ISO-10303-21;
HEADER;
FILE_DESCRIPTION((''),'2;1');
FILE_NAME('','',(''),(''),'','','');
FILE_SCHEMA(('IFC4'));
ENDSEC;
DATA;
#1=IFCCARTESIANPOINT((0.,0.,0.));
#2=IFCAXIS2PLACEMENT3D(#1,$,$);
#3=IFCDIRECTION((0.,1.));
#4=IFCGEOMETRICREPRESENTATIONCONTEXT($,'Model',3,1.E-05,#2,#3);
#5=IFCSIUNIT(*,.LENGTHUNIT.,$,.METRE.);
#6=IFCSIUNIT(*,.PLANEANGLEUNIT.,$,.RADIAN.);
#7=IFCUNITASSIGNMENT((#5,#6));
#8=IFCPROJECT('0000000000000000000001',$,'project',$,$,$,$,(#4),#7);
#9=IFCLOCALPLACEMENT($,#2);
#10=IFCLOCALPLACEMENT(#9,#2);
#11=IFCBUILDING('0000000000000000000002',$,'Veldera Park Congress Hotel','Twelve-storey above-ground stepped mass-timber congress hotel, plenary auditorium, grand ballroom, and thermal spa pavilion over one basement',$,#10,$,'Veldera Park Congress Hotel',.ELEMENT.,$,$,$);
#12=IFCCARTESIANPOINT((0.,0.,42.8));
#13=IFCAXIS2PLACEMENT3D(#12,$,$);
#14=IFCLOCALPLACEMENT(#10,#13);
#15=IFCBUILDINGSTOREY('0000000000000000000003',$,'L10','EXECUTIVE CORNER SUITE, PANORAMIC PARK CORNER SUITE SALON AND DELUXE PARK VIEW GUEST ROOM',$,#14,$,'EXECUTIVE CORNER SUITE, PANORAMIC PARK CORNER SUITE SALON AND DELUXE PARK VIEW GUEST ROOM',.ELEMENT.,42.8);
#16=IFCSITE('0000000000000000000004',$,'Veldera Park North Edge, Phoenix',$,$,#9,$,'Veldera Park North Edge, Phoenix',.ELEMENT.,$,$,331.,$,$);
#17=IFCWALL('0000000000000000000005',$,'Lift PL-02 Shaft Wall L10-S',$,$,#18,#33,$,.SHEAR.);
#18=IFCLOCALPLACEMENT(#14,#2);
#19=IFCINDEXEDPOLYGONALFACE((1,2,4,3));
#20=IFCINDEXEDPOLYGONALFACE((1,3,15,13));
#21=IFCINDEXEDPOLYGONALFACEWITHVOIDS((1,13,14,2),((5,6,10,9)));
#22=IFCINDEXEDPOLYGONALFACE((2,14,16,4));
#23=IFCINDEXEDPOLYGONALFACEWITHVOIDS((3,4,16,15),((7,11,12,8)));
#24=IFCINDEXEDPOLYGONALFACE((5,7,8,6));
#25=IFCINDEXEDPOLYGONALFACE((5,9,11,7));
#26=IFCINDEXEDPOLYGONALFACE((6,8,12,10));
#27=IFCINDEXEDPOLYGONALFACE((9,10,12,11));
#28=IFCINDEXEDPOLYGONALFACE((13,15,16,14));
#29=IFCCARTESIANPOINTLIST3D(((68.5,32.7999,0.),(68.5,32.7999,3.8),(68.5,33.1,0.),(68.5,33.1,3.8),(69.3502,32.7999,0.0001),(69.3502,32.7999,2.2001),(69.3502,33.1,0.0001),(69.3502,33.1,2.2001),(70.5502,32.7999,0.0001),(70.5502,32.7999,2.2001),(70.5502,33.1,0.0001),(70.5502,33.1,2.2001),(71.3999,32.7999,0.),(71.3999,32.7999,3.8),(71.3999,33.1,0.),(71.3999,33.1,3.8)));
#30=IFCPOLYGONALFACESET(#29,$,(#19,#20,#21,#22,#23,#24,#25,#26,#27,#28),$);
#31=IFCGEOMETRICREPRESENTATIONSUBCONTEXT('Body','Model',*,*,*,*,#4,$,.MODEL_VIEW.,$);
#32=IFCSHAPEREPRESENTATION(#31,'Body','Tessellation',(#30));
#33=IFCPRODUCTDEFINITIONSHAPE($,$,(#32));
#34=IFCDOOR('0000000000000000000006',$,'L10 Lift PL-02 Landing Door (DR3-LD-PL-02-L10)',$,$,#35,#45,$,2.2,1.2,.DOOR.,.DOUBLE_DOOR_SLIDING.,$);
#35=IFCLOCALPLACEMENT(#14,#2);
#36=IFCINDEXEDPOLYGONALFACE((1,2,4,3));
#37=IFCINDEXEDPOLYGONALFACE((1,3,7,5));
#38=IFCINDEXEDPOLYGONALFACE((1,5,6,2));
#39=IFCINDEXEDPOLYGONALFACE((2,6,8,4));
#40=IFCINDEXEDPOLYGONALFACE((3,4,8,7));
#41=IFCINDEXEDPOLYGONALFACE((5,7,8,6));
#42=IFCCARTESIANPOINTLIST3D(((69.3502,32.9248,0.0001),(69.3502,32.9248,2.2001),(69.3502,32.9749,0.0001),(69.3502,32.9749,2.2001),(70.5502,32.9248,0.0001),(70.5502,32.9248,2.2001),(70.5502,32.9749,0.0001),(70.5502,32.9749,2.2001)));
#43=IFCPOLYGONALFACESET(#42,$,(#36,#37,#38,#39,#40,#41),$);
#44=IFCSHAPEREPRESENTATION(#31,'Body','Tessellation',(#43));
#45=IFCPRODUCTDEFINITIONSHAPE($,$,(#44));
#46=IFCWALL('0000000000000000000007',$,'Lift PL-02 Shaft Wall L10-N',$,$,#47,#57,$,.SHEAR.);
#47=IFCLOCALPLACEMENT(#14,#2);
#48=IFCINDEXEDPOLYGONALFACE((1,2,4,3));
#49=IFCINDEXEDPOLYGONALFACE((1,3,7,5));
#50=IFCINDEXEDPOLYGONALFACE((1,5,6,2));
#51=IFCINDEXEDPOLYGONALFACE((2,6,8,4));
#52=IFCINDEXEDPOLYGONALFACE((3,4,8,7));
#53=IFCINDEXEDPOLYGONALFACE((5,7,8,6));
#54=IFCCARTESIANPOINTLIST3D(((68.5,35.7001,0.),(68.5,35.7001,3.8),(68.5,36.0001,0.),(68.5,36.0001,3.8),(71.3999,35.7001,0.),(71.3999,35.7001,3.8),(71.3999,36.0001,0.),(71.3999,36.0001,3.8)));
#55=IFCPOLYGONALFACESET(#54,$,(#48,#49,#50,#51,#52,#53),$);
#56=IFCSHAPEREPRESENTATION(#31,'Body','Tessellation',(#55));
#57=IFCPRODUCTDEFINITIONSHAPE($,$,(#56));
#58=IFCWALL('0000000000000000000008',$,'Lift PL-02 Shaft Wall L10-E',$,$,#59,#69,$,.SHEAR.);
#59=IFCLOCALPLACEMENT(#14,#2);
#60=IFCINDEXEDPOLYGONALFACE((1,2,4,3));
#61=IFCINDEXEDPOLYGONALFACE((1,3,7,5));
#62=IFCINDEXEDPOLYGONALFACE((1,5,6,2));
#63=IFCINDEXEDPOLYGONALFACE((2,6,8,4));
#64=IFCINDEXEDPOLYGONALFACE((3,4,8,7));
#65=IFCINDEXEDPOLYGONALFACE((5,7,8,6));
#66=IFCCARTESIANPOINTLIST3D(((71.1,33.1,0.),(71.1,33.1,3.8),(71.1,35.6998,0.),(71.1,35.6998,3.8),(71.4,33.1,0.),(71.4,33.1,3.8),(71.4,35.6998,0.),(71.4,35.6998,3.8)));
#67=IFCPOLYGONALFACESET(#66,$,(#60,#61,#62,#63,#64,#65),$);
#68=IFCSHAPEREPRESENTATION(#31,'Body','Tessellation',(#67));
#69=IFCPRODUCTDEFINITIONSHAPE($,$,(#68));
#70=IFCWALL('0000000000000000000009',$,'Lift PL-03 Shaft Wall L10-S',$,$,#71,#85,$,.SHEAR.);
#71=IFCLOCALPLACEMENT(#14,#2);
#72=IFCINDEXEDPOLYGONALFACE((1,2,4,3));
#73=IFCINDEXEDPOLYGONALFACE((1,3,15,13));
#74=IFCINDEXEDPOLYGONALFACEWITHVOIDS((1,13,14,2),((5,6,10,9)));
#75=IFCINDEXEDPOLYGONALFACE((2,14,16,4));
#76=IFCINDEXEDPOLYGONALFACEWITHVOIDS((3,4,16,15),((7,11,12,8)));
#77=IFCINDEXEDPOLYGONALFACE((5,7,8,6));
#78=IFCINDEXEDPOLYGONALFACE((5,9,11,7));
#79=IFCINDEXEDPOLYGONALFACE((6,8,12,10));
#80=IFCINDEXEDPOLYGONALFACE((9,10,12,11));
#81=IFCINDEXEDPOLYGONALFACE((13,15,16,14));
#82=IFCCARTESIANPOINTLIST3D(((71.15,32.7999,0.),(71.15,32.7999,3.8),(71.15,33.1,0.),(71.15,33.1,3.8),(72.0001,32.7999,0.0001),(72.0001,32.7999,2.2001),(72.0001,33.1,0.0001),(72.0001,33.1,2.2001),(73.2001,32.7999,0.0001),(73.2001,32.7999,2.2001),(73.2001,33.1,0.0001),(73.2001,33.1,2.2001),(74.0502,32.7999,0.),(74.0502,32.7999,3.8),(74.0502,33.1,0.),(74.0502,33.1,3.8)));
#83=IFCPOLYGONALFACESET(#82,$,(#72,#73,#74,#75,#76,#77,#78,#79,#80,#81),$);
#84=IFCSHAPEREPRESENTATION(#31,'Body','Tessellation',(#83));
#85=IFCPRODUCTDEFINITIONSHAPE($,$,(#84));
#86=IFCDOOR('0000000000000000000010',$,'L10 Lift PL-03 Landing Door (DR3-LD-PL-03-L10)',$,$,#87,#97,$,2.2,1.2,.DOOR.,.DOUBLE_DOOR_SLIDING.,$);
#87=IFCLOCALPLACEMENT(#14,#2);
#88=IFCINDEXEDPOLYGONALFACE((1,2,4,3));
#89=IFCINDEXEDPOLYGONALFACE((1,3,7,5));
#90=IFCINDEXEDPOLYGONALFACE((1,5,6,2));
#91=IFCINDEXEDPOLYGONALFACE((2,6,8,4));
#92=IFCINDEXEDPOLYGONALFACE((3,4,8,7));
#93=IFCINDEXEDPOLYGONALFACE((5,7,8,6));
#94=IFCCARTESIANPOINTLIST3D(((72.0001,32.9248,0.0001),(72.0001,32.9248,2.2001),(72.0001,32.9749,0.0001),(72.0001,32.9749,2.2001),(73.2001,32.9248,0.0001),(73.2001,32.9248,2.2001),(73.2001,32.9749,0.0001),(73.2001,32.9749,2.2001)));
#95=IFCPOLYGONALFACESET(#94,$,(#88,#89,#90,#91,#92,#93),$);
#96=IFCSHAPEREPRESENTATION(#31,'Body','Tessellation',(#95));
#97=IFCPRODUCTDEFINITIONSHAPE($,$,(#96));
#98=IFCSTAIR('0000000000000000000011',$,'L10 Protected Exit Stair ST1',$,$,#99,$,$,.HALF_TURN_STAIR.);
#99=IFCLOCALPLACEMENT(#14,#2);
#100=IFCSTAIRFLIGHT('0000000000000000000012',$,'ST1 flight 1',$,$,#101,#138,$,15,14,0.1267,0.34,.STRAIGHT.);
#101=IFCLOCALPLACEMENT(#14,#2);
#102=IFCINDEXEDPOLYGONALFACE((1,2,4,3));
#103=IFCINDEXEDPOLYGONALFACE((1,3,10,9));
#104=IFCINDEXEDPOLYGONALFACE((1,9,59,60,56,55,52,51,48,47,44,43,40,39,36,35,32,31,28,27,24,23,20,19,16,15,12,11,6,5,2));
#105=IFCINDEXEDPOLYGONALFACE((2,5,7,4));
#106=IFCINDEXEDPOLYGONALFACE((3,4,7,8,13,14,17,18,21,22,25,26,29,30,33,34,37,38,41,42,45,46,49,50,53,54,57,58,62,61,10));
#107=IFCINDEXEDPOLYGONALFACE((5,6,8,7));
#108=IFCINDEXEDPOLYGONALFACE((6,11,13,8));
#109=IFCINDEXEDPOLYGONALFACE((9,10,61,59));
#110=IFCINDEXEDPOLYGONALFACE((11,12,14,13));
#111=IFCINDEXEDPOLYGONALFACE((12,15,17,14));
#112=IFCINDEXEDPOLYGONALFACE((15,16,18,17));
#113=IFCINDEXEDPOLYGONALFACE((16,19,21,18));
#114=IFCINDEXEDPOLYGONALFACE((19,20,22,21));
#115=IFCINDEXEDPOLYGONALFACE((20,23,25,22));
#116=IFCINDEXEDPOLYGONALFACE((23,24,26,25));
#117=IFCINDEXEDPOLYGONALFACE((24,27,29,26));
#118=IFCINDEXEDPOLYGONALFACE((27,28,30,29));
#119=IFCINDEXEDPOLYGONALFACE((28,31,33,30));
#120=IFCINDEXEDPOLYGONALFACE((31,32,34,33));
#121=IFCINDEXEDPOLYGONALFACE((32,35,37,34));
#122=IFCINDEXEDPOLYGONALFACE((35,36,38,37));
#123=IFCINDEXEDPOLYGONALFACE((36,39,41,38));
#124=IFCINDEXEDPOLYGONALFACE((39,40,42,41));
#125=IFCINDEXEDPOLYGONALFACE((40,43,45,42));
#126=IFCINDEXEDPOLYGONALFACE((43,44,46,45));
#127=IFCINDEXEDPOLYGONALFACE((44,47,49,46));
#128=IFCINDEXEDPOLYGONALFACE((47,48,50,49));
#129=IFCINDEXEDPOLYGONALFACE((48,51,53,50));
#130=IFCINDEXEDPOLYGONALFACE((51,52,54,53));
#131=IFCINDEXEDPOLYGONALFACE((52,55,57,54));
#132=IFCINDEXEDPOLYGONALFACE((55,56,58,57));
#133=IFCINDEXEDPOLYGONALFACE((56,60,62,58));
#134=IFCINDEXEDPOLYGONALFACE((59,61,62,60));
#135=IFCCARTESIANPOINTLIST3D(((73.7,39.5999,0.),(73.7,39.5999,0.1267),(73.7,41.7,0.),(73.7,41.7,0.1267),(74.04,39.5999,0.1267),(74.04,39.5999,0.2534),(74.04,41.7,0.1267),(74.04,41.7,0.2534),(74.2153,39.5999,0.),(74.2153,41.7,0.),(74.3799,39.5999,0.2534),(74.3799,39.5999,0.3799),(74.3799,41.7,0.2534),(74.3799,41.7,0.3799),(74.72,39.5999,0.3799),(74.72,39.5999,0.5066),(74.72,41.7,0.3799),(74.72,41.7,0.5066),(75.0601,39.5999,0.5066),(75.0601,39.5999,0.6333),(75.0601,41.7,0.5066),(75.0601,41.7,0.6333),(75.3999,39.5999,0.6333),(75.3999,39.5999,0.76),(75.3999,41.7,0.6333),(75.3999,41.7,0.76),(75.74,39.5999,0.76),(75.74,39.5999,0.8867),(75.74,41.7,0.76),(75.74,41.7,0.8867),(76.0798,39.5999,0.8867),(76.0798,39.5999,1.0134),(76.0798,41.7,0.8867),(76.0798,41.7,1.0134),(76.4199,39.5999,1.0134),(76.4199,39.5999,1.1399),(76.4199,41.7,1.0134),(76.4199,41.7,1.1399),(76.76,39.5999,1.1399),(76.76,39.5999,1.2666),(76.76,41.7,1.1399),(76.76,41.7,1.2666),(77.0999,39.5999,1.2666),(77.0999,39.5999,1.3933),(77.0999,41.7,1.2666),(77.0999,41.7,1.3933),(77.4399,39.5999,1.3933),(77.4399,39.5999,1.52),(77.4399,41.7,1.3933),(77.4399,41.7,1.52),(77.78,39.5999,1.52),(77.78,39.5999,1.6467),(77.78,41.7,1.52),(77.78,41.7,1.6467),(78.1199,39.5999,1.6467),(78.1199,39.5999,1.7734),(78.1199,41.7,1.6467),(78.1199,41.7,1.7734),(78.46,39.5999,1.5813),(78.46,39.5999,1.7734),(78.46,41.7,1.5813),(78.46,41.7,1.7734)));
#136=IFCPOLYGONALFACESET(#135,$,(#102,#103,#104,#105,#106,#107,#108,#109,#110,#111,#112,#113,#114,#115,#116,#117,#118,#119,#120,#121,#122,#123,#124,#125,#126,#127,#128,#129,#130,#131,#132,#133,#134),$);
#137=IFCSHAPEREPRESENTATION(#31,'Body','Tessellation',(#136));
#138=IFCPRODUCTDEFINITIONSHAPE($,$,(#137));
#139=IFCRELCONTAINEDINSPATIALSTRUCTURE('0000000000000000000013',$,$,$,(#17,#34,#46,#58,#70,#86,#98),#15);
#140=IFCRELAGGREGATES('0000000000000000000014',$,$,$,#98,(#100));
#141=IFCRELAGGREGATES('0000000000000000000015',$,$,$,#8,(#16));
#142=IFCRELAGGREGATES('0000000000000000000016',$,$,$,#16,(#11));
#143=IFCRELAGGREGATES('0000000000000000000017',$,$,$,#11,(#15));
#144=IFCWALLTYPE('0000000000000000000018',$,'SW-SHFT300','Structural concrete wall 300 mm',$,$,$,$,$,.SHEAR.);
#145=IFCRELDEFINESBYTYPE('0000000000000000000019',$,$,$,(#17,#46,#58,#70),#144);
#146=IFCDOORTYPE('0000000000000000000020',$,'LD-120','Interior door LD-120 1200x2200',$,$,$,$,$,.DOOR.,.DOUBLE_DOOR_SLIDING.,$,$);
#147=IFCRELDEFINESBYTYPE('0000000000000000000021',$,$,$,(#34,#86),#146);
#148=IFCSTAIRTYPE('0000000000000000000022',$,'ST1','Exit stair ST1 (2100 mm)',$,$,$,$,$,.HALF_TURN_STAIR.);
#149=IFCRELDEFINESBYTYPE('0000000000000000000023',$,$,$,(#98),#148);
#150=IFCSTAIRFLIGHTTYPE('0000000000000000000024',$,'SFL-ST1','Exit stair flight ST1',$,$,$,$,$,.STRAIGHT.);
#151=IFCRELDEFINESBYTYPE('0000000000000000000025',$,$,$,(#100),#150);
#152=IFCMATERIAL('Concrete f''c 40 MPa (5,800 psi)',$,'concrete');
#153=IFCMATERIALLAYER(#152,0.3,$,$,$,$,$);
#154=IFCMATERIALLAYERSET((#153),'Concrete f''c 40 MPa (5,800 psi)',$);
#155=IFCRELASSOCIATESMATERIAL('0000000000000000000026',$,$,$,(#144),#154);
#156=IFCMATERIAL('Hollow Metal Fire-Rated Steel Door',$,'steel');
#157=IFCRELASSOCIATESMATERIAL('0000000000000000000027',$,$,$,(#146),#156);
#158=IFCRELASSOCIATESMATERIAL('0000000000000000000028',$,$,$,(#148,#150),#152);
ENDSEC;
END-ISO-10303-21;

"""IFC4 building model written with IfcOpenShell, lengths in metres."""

from ifc_helpers import new_model, si_unit, direction, frame, frame_2d, origin, place, context, subcontext, project, spatial, polyline, rectangle, outline, extrude, material, layer, layer_set, type_object, element, fill, aggregate, save


model = new_model("IFC4")

# Units and contexts
model_context = context("Model", 3, precision=1e-05, world=origin(), true_north=direction((0.0, 1.0)))
body_context = subcontext(model_context, "Body", "Model", "MODEL_VIEW")
ifc_project = project(units=[si_unit("LENGTHUNIT", "METRE"), si_unit("PLANEANGLEUNIT", "RADIAN")], contexts=[model_context])

# Site, building, storey
site_placement = place(None, origin())
site = spatial("IfcSite", under=ifc_project, at=site_placement, Name="Veldera Park North Edge, Phoenix", LongName="Veldera Park North Edge, Phoenix", CompositionType="ELEMENT", RefElevation=331.0)
building_placement = place(site_placement, origin())
building = spatial("IfcBuilding", under=site, at=building_placement, Name="Veldera Park Congress Hotel", Description="Twelve-storey above-ground stepped mass-timber congress hotel, plenary auditorium, grand ballroom, and thermal spa pavilion over one basement", LongName="Veldera Park Congress Hotel", CompositionType="ELEMENT")
storey_placement = place(building_placement, frame((0.0, 0.0, 42.8)))
storey = spatial("IfcBuildingStorey", under=building, at=storey_placement, Name="L10", Description="EXECUTIVE CORNER SUITE, PANORAMIC PARK CORNER SUITE SALON AND DELUXE PARK VIEW GUEST ROOM", LongName="EXECUTIVE CORNER SUITE, PANORAMIC PARK CORNER SUITE SALON AND DELUXE PARK VIEW GUEST ROOM", CompositionType="ELEMENT", Elevation=42.8)

# Shared definitions
ifc_material_1 = material(Name="Concrete f'c 40 MPa (5,800 psi)", Category="concrete")
ifc_material_2 = material(Name="Hollow Metal Fire-Rated Steel Door", Category="steel")

# Shared definitions
ifc_layer_1 = layer(ifc_material_1, 0.3)
ifc_layer_set_1 = layer_set([ifc_layer_1], Name="Concrete f'c 40 MPa (5,800 psi)")
wall_type_1 = type_object("IfcWallType", Name="SW-SHFT300", Description="Structural concrete wall 300 mm", PredefinedType="SHEAR", material=ifc_layer_set_1)
door_type_1 = type_object("IfcDoorType", Name="LD-120", Description="Interior door LD-120 1200x2200", OperationType="DOUBLE_DOOR_SLIDING", PredefinedType="DOOR", material=ifc_material_2)

# Wall, opening, door
wall_1_placement = place(storey_placement, frame((68.5, 32.95, 0.0), z_axis=(0.0, 0.0, 1.0), x_axis=(1.0, 0.0, 0.0)))
wall_1 = element("IfcWall", 1, at=wall_1_placement, inside=storey, type_object=wall_type_1, Name="Lift PL-02 Shaft Wall L10-S", PredefinedType="SHEAR", context=body_context, shape_type="SweptSolid", body=[
    extrude(rectangle(XDim=2.8999, YDim=0.3, at=frame_2d((1.45, 0.0))), origin(), (0.0, 0.0, 1.0), 3.8),
])
opening_1_placement = place(wall_1_placement, frame((0.8501, 0.0, 0.0)))
opening_1 = element("IfcOpeningElement", 2, at=opening_1_placement, cuts=wall_1, PredefinedType="OPENING", context=body_context, shape_type="SweptSolid", body=[
    extrude(rectangle(XDim=1.2, YDim=2.2, at=frame_2d((0.6001, 1.1001))), frame((0.0, 0.1621, 0.0), z_axis=(0.0, -1.0, 0.0), x_axis=(1.0, 0.0, 0.0)), (0.0, 0.0, 1.0), 0.324),
])
door_1_placement = place(opening_1_placement, origin())
door_1 = element("IfcDoor", 3, at=door_1_placement, inside=storey, type_object=door_type_1, Name="L10 Lift PL-02 Landing Door (DR3-LD-PL-02-L10)", OperationType="DOUBLE_DOOR_SLIDING", OverallHeight=2.2, OverallWidth=1.2, PredefinedType="DOOR", context=body_context, shape_type="SweptSolid", body=[
    extrude(rectangle(XDim=1.2, YDim=2.2, at=frame_2d((0.6001, 1.1001))), frame((0.0, 0.0249, 0.0), z_axis=(0.0, -1.0, 0.0), x_axis=(1.0, 0.0, 0.0)), (0.0, 0.0, 1.0), 0.05),
])
fill(opening_1, door_1)

# Walls
wall_2_placement = place(storey_placement, frame((71.3999, 35.8501, 0.0), z_axis=(0.0, 0.0, 1.0), x_axis=(-1.0, 0.0, 0.0)))
element("IfcWall", 4, at=wall_2_placement, inside=storey, type_object=wall_type_1, Name="Lift PL-02 Shaft Wall L10-N", PredefinedType="SHEAR", context=body_context, shape_type="SweptSolid", body=[
    extrude(rectangle(XDim=2.8999, YDim=0.3, at=frame_2d((1.45, 0.0))), origin(), (0.0, 0.0, 1.0), 3.8),
])
wall_3_placement = place(storey_placement, frame((71.25, 33.1001, 0.0), z_axis=(0.0, 0.0, 1.0), x_axis=(0.0, 1.0, 0.0)))
element("IfcWall", 5, at=wall_3_placement, inside=storey, type_object=wall_type_1, Name="Lift PL-02 Shaft Wall L10-E", PredefinedType="SHEAR", context=body_context, shape_type="SweptSolid", body=[
    extrude(rectangle(XDim=2.5999, YDim=0.3, at=frame_2d((1.2998, 0.0))), origin(), (0.0, 0.0, 1.0), 3.8),
])

# Wall, opening, door
wall_4_placement = place(storey_placement, frame((71.1499, 32.95, 0.0), z_axis=(0.0, 0.0, 1.0), x_axis=(1.0, 0.0, 0.0)))
wall_4 = element("IfcWall", 6, at=wall_4_placement, inside=storey, type_object=wall_type_1, Name="Lift PL-03 Shaft Wall L10-S", PredefinedType="SHEAR", context=body_context, shape_type="SweptSolid", body=[
    extrude(rectangle(XDim=2.9001, YDim=0.3, at=frame_2d((1.4502, 0.0))), origin(), (0.0, 0.0, 1.0), 3.8),
])
opening_2_placement = place(wall_4_placement, frame((0.8501, 0.0, 0.0)))
opening_2 = element("IfcOpeningElement", 7, at=opening_2_placement, cuts=wall_4, PredefinedType="OPENING", context=body_context, shape_type="SweptSolid", body=[
    extrude(rectangle(XDim=1.2, YDim=2.2, at=frame_2d((0.6001, 1.1001))), frame((0.0, 0.1621, 0.0), z_axis=(0.0, -1.0, 0.0), x_axis=(1.0, 0.0, 0.0)), (0.0, 0.0, 1.0), 0.324),
])
door_2_placement = place(opening_2_placement, origin())
door_2 = element("IfcDoor", 8, at=door_2_placement, inside=storey, type_object=door_type_1, Name="L10 Lift PL-03 Landing Door (DR3-LD-PL-03-L10)", OperationType="DOUBLE_DOOR_SLIDING", OverallHeight=2.2, OverallWidth=1.2, PredefinedType="DOOR", context=body_context, shape_type="SweptSolid", body=[
    extrude(rectangle(XDim=1.2, YDim=2.2, at=frame_2d((0.6001, 1.1001))), frame((0.0, 0.0249, 0.0), z_axis=(0.0, -1.0, 0.0), x_axis=(1.0, 0.0, 0.0)), (0.0, 0.0, 1.0), 0.05),
])
fill(opening_2, door_2)

# Stair, stair flight
stair_type = type_object("IfcStairType", Name="ST1", Description="Exit stair ST1 (2100 mm)", PredefinedType="HALF_TURN_STAIR", material=ifc_material_1)
stair_placement = place(storey_placement, origin())
stair = element("IfcStair", 9, at=stair_placement, inside=storey, type_object=stair_type, Name="L10 Protected Exit Stair ST1", PredefinedType="HALF_TURN_STAIR")
stair_flight_type = type_object("IfcStairFlightType", Name="SFL-ST1", Description="Exit stair flight ST1", PredefinedType="STRAIGHT", material=ifc_material_1)
stair_flight_placement = place(storey_placement, frame((73.7, 40.6499, 0.0), z_axis=(0.0, 0.0, 1.0), x_axis=(1.0, 0.0, 0.0)))
stair_flight = element("IfcStairFlight", 10, at=stair_flight_placement, type_object=stair_flight_type, Name="ST1 flight 1", NumberOfRisers=15, NumberOfTreads=14, PredefinedType="STRAIGHT", RiserHeight=0.1267, TreadLength=0.34, context=body_context, shape_type="SweptSolid", body=[
    extrude(outline(polyline([(0.0, 0.0), (0.0, 0.1267), (0.3401, 0.1267), (0.3401, 0.2534), (0.6799, 0.2534), (0.6799, 0.3799), (1.02, 0.3799), (1.02, 0.5066), (1.3601, 0.5066), (1.3601, 0.6333), (1.7, 0.6333), (1.7, 0.76), (2.04, 0.76), (2.04, 0.8867), (2.3799, 0.8867), (2.3799, 1.0134), (2.72, 1.0134), (2.72, 1.1399), (3.0601, 1.1399), (3.0601, 1.2666), (3.3999, 1.2666), (3.3999, 1.3933), (3.74, 1.3933), (3.74, 1.52), (4.0801, 1.52), (4.0801, 1.6467), (4.4199, 1.6467), (4.4199, 1.7734), (4.76, 1.7734), (4.76, 1.8999), (4.76, 1.8999), (4.76, 1.5813), (0.5154, 0.0), (0.0, 0.0)])), frame((0.0, 1.05, 0.0), z_axis=(0.0, -1.0, 0.0), x_axis=(1.0, 0.0, 0.0)), (0.0, 0.0, 1.0), 2.1001),
])
aggregate(stair, [stair_flight])

save(model, "model.ifc")
